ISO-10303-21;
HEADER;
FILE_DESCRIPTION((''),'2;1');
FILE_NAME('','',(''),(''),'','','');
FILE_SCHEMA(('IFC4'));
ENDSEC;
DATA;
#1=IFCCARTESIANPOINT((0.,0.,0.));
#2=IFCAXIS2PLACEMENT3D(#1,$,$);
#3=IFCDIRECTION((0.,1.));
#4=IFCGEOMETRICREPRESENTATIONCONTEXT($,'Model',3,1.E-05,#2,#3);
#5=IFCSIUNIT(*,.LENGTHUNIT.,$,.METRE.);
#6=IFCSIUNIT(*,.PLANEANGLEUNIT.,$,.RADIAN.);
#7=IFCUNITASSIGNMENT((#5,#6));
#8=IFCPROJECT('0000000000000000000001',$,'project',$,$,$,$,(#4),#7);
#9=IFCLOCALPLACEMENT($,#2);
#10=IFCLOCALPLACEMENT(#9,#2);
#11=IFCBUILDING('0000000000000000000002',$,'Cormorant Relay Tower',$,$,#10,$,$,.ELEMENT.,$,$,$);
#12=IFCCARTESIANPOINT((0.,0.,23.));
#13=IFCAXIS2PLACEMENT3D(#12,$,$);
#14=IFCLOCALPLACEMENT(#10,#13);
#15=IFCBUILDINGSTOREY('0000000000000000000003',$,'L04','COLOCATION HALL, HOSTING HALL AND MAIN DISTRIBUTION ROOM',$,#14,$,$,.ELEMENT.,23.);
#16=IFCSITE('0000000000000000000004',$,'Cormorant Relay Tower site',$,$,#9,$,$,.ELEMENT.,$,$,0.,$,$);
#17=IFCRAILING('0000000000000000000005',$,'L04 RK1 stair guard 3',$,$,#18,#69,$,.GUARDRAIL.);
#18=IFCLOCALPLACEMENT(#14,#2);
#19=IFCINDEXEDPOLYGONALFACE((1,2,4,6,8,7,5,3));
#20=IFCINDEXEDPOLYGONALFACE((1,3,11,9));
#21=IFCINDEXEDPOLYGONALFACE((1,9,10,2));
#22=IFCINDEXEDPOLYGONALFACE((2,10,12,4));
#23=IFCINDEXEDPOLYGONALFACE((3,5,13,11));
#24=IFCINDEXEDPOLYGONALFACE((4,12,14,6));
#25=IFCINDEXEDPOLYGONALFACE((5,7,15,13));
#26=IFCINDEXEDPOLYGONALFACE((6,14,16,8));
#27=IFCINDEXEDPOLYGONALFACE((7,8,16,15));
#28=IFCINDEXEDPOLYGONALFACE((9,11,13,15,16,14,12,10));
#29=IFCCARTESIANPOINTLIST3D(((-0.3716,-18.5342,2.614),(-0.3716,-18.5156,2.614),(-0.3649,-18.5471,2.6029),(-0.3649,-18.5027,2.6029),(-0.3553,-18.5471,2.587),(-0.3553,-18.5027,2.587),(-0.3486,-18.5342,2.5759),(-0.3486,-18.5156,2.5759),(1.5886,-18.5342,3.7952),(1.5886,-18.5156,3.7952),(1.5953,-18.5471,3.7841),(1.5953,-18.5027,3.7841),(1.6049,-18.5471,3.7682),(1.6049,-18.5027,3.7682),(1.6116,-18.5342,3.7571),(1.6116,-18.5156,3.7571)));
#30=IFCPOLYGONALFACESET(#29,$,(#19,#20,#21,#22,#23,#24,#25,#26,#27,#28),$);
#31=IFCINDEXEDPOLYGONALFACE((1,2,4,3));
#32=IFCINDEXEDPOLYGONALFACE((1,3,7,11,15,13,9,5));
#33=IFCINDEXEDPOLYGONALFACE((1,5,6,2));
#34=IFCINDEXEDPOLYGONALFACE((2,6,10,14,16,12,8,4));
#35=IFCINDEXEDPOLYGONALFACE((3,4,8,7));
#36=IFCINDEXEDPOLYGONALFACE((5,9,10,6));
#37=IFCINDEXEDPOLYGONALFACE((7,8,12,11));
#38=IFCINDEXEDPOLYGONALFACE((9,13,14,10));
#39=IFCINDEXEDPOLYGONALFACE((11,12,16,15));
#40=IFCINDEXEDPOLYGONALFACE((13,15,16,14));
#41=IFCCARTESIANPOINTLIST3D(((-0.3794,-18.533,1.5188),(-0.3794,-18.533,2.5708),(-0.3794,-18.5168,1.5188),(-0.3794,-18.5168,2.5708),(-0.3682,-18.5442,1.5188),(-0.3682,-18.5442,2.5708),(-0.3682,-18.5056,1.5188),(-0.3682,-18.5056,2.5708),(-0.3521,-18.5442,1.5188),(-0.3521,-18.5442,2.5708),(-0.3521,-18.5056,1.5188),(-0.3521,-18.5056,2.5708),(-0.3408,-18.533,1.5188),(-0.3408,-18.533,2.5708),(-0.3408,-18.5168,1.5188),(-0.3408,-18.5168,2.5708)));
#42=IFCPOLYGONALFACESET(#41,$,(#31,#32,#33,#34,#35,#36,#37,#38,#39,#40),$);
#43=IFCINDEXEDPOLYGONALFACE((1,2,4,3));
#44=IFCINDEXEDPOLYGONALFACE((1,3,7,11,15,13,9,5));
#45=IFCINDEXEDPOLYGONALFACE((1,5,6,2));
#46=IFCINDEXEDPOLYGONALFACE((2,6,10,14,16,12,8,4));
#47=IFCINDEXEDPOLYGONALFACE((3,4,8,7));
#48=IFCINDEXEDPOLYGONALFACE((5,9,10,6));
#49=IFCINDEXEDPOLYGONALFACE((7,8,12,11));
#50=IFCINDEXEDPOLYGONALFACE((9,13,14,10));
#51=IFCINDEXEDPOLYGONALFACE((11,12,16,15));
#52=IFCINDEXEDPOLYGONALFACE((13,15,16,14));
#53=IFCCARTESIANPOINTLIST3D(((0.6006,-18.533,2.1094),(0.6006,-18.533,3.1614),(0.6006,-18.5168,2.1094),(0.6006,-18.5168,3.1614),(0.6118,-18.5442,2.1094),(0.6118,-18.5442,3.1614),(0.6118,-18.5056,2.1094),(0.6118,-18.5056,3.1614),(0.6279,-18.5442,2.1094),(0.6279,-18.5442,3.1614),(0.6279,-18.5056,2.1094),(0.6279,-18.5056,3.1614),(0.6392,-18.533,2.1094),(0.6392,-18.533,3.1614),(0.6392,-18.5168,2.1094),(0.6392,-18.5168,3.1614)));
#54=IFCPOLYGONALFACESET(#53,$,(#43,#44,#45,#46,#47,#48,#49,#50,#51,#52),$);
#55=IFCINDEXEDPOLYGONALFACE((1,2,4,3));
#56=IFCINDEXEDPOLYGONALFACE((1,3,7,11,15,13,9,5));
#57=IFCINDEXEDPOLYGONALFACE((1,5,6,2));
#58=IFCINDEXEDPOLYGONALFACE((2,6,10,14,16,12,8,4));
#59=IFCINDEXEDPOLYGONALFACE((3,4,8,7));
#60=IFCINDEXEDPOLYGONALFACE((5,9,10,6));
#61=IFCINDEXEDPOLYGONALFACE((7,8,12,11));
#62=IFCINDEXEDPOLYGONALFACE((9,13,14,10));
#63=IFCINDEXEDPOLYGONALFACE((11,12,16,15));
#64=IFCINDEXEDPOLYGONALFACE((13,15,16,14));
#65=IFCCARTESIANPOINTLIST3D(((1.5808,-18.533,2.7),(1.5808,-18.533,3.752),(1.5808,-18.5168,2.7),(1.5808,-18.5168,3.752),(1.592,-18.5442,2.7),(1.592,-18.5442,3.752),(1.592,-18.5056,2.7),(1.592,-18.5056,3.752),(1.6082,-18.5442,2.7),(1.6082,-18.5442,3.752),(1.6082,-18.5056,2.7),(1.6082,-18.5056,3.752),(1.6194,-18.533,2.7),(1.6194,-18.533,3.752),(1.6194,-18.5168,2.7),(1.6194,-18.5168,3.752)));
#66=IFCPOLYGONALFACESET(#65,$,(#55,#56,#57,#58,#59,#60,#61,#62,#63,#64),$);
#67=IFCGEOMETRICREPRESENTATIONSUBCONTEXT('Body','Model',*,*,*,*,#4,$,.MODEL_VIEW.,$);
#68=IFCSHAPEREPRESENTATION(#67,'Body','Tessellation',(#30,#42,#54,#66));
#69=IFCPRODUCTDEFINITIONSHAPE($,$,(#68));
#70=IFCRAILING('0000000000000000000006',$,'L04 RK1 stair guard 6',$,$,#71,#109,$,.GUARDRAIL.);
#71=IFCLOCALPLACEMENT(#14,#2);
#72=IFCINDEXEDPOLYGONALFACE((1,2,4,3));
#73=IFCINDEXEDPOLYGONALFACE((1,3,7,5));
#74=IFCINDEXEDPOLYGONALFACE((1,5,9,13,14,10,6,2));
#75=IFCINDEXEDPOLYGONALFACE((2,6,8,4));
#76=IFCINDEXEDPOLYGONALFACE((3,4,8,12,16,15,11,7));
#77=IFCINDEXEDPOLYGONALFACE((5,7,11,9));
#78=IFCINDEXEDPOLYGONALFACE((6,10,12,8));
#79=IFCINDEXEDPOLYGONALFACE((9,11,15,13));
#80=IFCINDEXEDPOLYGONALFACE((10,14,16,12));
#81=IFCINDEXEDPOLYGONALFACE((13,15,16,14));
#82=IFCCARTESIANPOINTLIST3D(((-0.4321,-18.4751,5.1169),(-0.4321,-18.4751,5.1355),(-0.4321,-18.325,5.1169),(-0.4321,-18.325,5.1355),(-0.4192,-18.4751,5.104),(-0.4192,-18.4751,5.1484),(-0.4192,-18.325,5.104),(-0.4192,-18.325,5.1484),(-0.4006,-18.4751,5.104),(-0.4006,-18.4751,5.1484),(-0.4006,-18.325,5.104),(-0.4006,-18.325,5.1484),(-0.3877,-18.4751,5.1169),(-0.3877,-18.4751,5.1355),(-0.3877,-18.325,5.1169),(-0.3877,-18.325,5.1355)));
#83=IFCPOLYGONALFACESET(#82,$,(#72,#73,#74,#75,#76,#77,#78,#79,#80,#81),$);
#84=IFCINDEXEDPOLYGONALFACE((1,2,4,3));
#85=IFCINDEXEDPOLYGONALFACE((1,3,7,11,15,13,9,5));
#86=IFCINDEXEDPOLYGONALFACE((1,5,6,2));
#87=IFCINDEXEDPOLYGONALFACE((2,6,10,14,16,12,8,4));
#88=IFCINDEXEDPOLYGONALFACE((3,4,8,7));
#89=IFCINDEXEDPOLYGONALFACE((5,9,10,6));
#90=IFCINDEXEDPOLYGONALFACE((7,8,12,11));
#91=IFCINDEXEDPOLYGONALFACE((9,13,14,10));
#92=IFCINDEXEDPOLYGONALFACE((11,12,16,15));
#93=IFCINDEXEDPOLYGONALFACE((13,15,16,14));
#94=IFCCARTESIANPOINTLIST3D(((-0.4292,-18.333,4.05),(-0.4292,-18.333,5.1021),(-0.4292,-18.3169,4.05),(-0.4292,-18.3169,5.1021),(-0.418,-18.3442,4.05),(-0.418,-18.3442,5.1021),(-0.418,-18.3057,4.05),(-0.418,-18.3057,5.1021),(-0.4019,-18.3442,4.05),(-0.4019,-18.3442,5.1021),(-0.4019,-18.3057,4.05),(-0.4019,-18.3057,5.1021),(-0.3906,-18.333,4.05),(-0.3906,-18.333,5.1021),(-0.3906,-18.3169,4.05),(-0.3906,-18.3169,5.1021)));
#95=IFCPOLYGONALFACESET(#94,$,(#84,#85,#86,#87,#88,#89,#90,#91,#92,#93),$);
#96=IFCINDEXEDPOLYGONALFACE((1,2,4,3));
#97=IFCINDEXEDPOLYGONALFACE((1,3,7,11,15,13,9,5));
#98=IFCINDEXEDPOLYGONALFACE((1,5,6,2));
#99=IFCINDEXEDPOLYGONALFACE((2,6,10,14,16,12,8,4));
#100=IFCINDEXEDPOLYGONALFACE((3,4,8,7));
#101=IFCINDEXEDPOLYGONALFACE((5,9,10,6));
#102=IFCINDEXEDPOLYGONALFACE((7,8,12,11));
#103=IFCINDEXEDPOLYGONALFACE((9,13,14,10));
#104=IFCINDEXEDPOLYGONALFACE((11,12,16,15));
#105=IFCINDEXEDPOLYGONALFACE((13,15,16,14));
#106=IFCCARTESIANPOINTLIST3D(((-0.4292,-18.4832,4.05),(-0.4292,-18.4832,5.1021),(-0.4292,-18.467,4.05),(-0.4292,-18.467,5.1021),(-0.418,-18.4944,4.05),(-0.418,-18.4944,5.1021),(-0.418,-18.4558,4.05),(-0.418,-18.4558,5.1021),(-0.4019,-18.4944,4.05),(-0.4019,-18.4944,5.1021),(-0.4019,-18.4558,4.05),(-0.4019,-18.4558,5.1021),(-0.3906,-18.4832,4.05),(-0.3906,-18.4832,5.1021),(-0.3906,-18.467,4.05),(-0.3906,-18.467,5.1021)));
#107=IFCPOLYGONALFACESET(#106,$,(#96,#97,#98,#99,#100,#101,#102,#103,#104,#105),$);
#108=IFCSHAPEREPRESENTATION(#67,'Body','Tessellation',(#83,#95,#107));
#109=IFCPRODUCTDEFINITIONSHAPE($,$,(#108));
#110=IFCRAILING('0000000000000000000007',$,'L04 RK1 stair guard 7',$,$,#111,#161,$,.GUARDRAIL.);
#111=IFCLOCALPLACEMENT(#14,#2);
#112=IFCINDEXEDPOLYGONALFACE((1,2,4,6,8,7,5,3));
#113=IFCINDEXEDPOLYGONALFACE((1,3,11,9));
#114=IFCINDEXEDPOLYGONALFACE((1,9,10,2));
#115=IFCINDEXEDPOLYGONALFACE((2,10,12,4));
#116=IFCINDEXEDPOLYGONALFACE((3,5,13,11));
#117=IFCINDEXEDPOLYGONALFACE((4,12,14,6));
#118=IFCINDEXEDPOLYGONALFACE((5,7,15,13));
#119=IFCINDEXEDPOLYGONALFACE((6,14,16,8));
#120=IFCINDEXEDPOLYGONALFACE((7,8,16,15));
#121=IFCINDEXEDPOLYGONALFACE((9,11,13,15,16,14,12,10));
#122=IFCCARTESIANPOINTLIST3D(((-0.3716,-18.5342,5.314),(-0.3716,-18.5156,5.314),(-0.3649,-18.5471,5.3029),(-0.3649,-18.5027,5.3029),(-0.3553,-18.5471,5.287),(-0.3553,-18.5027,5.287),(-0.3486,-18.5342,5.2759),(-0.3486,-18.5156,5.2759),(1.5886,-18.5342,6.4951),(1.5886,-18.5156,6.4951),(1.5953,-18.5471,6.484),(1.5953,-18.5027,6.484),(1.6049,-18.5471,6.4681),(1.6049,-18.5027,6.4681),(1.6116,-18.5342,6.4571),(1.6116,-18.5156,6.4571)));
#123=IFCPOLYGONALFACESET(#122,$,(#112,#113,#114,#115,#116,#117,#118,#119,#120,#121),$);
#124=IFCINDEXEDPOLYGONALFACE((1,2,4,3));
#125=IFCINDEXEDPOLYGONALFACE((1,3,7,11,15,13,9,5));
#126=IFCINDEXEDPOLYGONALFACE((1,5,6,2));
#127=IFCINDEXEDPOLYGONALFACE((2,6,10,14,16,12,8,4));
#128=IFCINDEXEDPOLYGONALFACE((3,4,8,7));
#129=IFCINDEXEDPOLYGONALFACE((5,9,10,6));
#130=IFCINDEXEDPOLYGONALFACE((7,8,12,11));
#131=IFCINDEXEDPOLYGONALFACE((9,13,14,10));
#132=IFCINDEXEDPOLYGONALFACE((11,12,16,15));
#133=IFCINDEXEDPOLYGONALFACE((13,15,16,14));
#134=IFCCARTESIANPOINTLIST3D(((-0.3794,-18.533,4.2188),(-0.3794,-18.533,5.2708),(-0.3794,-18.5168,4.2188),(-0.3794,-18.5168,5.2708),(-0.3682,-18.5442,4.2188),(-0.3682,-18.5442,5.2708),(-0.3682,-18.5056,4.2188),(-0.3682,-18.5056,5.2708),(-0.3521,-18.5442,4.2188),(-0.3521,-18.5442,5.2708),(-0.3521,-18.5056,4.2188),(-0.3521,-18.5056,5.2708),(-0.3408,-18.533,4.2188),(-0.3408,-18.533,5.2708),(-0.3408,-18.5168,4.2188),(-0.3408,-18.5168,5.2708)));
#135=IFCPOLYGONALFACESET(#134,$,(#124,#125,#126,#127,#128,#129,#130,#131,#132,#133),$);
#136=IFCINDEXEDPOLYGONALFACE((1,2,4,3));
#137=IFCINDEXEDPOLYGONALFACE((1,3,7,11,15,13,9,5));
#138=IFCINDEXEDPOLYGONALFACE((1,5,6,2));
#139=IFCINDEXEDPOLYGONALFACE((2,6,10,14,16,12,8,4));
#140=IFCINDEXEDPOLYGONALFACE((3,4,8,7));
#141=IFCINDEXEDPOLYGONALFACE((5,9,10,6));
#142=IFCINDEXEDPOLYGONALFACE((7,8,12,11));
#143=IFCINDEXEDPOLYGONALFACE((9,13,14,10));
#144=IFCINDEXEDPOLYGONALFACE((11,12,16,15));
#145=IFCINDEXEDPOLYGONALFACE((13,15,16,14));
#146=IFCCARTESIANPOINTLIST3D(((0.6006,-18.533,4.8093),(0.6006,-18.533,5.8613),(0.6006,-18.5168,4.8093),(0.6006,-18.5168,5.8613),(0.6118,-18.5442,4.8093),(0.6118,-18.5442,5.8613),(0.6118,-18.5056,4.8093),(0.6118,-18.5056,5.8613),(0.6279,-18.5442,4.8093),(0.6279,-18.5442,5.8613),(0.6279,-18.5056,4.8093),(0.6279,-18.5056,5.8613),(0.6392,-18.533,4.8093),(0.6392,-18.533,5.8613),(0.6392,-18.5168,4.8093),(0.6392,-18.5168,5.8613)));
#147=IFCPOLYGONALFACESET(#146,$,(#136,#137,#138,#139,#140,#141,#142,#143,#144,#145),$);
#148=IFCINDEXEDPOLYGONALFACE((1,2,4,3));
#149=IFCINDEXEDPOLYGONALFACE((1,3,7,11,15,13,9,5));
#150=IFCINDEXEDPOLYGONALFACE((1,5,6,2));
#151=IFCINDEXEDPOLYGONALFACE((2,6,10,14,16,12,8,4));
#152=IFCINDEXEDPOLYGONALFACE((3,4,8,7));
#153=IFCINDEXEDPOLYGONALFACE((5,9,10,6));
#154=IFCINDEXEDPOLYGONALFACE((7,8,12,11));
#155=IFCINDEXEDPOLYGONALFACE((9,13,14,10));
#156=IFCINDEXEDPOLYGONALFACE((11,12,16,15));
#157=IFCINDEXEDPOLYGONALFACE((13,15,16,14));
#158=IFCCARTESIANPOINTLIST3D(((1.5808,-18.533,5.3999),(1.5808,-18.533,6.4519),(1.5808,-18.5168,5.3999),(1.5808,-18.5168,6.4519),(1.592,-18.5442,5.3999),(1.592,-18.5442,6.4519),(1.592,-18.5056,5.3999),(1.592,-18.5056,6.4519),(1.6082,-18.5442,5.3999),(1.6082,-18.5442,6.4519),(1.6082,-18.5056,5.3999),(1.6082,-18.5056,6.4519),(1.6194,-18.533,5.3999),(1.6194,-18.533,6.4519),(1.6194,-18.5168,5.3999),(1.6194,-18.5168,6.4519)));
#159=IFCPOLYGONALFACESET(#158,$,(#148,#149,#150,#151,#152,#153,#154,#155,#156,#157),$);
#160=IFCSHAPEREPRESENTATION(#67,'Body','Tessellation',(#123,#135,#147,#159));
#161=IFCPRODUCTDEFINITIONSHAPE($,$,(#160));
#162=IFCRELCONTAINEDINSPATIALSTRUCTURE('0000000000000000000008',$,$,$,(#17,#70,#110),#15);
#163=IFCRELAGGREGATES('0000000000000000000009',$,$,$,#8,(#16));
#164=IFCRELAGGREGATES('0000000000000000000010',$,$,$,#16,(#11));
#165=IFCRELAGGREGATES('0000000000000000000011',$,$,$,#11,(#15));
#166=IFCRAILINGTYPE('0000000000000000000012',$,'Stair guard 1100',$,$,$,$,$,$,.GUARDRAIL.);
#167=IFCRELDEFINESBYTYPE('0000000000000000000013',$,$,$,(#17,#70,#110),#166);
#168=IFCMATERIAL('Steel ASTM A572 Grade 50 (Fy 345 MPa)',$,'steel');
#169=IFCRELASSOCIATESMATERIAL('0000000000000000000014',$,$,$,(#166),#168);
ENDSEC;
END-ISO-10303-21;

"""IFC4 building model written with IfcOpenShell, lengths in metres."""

from ifc_helpers import new_model, si_unit, direction, frame, origin, place, context, subcontext, project, spatial, polyline, outline, extrude, material, type_object, element, save


model = new_model("IFC4")

# Units and contexts
model_context = context("Model", 3, precision=1e-05, world=origin(), true_north=direction((0.0, 1.0)))
body_context = subcontext(model_context, "Body", "Model", "MODEL_VIEW")
ifc_project = project(units=[si_unit("LENGTHUNIT", "METRE"), si_unit("PLANEANGLEUNIT", "RADIAN")], contexts=[model_context])

# Site, building, storey
site_placement = place(None, origin())
site = spatial("IfcSite", under=ifc_project, at=site_placement, Name="Cormorant Relay Tower site", CompositionType="ELEMENT", RefElevation=0.0)
building_placement = place(site_placement, origin())
building = spatial("IfcBuilding", under=site, at=building_placement, Name="Cormorant Relay Tower", CompositionType="ELEMENT")
storey_placement = place(building_placement, frame((0.0, 0.0, 23.0)))
storey = spatial("IfcBuildingStorey", under=building, at=storey_placement, Name="L04", Description="COLOCATION HALL, HOSTING HALL AND MAIN DISTRIBUTION ROOM", CompositionType="ELEMENT", Elevation=23.0)

# Railings
ifc_material_1 = material(Name="Steel ASTM A572 Grade 50 (Fy 345 MPa)", Category="steel")
railing_type_1 = type_object("IfcRailingType", Name="Stair guard 1100", PredefinedType="GUARDRAIL", material=ifc_material_1)
railing_1_placement = place(storey_placement, frame((-0.3601, -18.5249, 1.5188)))
element("IfcRailing", 1, at=railing_1_placement, inside=storey, type_object=railing_type_1, Name="L04 RK1 stair guard 3", PredefinedType="GUARDRAIL", context=body_context, shape_type="SweptSolid", body=[
    extrude(outline(polyline([(0.0222, 0.0093), (0.0093, 0.0222), (-0.0093, 0.0222), (-0.0222, 0.0093), (-0.0222, -0.0093), (-0.0093, -0.0222), (0.0093, -0.0222), (0.0222, -0.0093), (0.0222, 0.0093)])), frame((0.0, 0.0, 1.0762), z_axis=(0.856522, 0.0, 0.516111), x_axis=(0.0, 1.0, 0.0)), (0.0, 0.0, 1.0), 2.2886),
    extrude(outline(polyline([(0.0193, 0.0081), (0.0081, 0.0193), (-0.0081, 0.0193), (-0.0193, 0.0081), (-0.0193, -0.0081), (-0.0081, -0.0193), (0.0081, -0.0193), (0.0193, -0.0081), (0.0193, 0.0081)])), origin(), (0.0, 0.0, 1.0), 1.052),
    extrude(outline(polyline([(0.0193, 0.0081), (0.0081, 0.0193), (-0.0081, 0.0193), (-0.0193, 0.0081), (-0.0193, -0.0081), (-0.0081, -0.0193), (0.0081, -0.0193), (0.0193, -0.0081), (0.0193, 0.0081)])), frame((0.98, 0.0, 0.5906)), (0.0, 0.0, 1.0), 1.052),
    extrude(outline(polyline([(0.0193, 0.0081), (0.0081, 0.0193), (-0.0081, 0.0193), (-0.0193, 0.0081), (-0.0193, -0.0081), (-0.0081, -0.0193), (0.0081, -0.0193), (0.0193, -0.0081), (0.0193, 0.0081)])), frame((1.9602, 0.0, 1.1812)), (0.0, 0.0, 1.0), 1.052),
])
railing_2_placement = place(storey_placement, frame((-0.4099, -18.325, 4.05)))
element("IfcRailing", 2, at=railing_2_placement, inside=storey, type_object=railing_type_1, Name="L04 RK1 stair guard 6", PredefinedType="GUARDRAIL", context=body_context, shape_type="SweptSolid", body=[
    extrude(outline(polyline([(0.0222, 0.0093), (0.0093, 0.0222), (-0.0093, 0.0222), (-0.0222, 0.0093), (-0.0222, -0.0093), (-0.0093, -0.0222), (0.0093, -0.0222), (0.0222, -0.0093), (0.0222, 0.0093)])), frame((0.0, 0.0, 1.0762), z_axis=(0.0, -1.0, 0.0), x_axis=(1.0, 0.0, 0.0)), (0.0, 0.0, 1.0), 0.1501),
    extrude(outline(polyline([(0.0193, 0.0081), (0.0081, 0.0193), (-0.0081, 0.0193), (-0.0193, 0.0081), (-0.0193, -0.0081), (-0.0081, -0.0193), (0.0081, -0.0193), (0.0193, -0.0081), (0.0193, 0.0081)])), origin(), (0.0, 0.0, 1.0), 1.052),
    extrude(outline(polyline([(0.0193, 0.0081), (0.0081, 0.0193), (-0.0081, 0.0193), (-0.0193, 0.0081), (-0.0193, -0.0081), (-0.0081, -0.0193), (0.0081, -0.0193), (0.0193, -0.0081), (0.0193, 0.0081)])), frame((0.0, -0.1501, 0.0)), (0.0, 0.0, 1.0), 1.052),
])
railing_3_placement = place(storey_placement, frame((-0.3601, -18.5249, 4.2188)))
element("IfcRailing", 3, at=railing_3_placement, inside=storey, type_object=railing_type_1, Name="L04 RK1 stair guard 7", PredefinedType="GUARDRAIL", context=body_context, shape_type="SweptSolid", body=[
    extrude(outline(polyline([(0.0222, 0.0093), (0.0093, 0.0222), (-0.0093, 0.0222), (-0.0222, 0.0093), (-0.0222, -0.0093), (-0.0093, -0.0222), (0.0093, -0.0222), (0.0222, -0.0093), (0.0222, 0.0093)])), frame((0.0, 0.0, 1.0762), z_axis=(0.856522, 0.0, 0.516111), x_axis=(0.0, 1.0, 0.0)), (0.0, 0.0, 1.0), 2.2886),
    extrude(outline(polyline([(0.0193, 0.0081), (0.0081, 0.0193), (-0.0081, 0.0193), (-0.0193, 0.0081), (-0.0193, -0.0081), (-0.0081, -0.0193), (0.0081, -0.0193), (0.0193, -0.0081), (0.0193, 0.0081)])), origin(), (0.0, 0.0, 1.0), 1.052),
    extrude(outline(polyline([(0.0193, 0.0081), (0.0081, 0.0193), (-0.0081, 0.0193), (-0.0193, 0.0081), (-0.0193, -0.0081), (-0.0081, -0.0193), (0.0081, -0.0193), (0.0193, -0.0081), (0.0193, 0.0081)])), frame((0.98, 0.0, 0.5906)), (0.0, 0.0, 1.0), 1.052),
    extrude(outline(polyline([(0.0193, 0.0081), (0.0081, 0.0193), (-0.0081, 0.0193), (-0.0193, 0.0081), (-0.0193, -0.0081), (-0.0081, -0.0193), (0.0081, -0.0193), (0.0193, -0.0081), (0.0193, 0.0081)])), frame((1.9602, 0.0, 1.1812)), (0.0, 0.0, 1.0), 1.052),
])

save(model, "model.ifc")
